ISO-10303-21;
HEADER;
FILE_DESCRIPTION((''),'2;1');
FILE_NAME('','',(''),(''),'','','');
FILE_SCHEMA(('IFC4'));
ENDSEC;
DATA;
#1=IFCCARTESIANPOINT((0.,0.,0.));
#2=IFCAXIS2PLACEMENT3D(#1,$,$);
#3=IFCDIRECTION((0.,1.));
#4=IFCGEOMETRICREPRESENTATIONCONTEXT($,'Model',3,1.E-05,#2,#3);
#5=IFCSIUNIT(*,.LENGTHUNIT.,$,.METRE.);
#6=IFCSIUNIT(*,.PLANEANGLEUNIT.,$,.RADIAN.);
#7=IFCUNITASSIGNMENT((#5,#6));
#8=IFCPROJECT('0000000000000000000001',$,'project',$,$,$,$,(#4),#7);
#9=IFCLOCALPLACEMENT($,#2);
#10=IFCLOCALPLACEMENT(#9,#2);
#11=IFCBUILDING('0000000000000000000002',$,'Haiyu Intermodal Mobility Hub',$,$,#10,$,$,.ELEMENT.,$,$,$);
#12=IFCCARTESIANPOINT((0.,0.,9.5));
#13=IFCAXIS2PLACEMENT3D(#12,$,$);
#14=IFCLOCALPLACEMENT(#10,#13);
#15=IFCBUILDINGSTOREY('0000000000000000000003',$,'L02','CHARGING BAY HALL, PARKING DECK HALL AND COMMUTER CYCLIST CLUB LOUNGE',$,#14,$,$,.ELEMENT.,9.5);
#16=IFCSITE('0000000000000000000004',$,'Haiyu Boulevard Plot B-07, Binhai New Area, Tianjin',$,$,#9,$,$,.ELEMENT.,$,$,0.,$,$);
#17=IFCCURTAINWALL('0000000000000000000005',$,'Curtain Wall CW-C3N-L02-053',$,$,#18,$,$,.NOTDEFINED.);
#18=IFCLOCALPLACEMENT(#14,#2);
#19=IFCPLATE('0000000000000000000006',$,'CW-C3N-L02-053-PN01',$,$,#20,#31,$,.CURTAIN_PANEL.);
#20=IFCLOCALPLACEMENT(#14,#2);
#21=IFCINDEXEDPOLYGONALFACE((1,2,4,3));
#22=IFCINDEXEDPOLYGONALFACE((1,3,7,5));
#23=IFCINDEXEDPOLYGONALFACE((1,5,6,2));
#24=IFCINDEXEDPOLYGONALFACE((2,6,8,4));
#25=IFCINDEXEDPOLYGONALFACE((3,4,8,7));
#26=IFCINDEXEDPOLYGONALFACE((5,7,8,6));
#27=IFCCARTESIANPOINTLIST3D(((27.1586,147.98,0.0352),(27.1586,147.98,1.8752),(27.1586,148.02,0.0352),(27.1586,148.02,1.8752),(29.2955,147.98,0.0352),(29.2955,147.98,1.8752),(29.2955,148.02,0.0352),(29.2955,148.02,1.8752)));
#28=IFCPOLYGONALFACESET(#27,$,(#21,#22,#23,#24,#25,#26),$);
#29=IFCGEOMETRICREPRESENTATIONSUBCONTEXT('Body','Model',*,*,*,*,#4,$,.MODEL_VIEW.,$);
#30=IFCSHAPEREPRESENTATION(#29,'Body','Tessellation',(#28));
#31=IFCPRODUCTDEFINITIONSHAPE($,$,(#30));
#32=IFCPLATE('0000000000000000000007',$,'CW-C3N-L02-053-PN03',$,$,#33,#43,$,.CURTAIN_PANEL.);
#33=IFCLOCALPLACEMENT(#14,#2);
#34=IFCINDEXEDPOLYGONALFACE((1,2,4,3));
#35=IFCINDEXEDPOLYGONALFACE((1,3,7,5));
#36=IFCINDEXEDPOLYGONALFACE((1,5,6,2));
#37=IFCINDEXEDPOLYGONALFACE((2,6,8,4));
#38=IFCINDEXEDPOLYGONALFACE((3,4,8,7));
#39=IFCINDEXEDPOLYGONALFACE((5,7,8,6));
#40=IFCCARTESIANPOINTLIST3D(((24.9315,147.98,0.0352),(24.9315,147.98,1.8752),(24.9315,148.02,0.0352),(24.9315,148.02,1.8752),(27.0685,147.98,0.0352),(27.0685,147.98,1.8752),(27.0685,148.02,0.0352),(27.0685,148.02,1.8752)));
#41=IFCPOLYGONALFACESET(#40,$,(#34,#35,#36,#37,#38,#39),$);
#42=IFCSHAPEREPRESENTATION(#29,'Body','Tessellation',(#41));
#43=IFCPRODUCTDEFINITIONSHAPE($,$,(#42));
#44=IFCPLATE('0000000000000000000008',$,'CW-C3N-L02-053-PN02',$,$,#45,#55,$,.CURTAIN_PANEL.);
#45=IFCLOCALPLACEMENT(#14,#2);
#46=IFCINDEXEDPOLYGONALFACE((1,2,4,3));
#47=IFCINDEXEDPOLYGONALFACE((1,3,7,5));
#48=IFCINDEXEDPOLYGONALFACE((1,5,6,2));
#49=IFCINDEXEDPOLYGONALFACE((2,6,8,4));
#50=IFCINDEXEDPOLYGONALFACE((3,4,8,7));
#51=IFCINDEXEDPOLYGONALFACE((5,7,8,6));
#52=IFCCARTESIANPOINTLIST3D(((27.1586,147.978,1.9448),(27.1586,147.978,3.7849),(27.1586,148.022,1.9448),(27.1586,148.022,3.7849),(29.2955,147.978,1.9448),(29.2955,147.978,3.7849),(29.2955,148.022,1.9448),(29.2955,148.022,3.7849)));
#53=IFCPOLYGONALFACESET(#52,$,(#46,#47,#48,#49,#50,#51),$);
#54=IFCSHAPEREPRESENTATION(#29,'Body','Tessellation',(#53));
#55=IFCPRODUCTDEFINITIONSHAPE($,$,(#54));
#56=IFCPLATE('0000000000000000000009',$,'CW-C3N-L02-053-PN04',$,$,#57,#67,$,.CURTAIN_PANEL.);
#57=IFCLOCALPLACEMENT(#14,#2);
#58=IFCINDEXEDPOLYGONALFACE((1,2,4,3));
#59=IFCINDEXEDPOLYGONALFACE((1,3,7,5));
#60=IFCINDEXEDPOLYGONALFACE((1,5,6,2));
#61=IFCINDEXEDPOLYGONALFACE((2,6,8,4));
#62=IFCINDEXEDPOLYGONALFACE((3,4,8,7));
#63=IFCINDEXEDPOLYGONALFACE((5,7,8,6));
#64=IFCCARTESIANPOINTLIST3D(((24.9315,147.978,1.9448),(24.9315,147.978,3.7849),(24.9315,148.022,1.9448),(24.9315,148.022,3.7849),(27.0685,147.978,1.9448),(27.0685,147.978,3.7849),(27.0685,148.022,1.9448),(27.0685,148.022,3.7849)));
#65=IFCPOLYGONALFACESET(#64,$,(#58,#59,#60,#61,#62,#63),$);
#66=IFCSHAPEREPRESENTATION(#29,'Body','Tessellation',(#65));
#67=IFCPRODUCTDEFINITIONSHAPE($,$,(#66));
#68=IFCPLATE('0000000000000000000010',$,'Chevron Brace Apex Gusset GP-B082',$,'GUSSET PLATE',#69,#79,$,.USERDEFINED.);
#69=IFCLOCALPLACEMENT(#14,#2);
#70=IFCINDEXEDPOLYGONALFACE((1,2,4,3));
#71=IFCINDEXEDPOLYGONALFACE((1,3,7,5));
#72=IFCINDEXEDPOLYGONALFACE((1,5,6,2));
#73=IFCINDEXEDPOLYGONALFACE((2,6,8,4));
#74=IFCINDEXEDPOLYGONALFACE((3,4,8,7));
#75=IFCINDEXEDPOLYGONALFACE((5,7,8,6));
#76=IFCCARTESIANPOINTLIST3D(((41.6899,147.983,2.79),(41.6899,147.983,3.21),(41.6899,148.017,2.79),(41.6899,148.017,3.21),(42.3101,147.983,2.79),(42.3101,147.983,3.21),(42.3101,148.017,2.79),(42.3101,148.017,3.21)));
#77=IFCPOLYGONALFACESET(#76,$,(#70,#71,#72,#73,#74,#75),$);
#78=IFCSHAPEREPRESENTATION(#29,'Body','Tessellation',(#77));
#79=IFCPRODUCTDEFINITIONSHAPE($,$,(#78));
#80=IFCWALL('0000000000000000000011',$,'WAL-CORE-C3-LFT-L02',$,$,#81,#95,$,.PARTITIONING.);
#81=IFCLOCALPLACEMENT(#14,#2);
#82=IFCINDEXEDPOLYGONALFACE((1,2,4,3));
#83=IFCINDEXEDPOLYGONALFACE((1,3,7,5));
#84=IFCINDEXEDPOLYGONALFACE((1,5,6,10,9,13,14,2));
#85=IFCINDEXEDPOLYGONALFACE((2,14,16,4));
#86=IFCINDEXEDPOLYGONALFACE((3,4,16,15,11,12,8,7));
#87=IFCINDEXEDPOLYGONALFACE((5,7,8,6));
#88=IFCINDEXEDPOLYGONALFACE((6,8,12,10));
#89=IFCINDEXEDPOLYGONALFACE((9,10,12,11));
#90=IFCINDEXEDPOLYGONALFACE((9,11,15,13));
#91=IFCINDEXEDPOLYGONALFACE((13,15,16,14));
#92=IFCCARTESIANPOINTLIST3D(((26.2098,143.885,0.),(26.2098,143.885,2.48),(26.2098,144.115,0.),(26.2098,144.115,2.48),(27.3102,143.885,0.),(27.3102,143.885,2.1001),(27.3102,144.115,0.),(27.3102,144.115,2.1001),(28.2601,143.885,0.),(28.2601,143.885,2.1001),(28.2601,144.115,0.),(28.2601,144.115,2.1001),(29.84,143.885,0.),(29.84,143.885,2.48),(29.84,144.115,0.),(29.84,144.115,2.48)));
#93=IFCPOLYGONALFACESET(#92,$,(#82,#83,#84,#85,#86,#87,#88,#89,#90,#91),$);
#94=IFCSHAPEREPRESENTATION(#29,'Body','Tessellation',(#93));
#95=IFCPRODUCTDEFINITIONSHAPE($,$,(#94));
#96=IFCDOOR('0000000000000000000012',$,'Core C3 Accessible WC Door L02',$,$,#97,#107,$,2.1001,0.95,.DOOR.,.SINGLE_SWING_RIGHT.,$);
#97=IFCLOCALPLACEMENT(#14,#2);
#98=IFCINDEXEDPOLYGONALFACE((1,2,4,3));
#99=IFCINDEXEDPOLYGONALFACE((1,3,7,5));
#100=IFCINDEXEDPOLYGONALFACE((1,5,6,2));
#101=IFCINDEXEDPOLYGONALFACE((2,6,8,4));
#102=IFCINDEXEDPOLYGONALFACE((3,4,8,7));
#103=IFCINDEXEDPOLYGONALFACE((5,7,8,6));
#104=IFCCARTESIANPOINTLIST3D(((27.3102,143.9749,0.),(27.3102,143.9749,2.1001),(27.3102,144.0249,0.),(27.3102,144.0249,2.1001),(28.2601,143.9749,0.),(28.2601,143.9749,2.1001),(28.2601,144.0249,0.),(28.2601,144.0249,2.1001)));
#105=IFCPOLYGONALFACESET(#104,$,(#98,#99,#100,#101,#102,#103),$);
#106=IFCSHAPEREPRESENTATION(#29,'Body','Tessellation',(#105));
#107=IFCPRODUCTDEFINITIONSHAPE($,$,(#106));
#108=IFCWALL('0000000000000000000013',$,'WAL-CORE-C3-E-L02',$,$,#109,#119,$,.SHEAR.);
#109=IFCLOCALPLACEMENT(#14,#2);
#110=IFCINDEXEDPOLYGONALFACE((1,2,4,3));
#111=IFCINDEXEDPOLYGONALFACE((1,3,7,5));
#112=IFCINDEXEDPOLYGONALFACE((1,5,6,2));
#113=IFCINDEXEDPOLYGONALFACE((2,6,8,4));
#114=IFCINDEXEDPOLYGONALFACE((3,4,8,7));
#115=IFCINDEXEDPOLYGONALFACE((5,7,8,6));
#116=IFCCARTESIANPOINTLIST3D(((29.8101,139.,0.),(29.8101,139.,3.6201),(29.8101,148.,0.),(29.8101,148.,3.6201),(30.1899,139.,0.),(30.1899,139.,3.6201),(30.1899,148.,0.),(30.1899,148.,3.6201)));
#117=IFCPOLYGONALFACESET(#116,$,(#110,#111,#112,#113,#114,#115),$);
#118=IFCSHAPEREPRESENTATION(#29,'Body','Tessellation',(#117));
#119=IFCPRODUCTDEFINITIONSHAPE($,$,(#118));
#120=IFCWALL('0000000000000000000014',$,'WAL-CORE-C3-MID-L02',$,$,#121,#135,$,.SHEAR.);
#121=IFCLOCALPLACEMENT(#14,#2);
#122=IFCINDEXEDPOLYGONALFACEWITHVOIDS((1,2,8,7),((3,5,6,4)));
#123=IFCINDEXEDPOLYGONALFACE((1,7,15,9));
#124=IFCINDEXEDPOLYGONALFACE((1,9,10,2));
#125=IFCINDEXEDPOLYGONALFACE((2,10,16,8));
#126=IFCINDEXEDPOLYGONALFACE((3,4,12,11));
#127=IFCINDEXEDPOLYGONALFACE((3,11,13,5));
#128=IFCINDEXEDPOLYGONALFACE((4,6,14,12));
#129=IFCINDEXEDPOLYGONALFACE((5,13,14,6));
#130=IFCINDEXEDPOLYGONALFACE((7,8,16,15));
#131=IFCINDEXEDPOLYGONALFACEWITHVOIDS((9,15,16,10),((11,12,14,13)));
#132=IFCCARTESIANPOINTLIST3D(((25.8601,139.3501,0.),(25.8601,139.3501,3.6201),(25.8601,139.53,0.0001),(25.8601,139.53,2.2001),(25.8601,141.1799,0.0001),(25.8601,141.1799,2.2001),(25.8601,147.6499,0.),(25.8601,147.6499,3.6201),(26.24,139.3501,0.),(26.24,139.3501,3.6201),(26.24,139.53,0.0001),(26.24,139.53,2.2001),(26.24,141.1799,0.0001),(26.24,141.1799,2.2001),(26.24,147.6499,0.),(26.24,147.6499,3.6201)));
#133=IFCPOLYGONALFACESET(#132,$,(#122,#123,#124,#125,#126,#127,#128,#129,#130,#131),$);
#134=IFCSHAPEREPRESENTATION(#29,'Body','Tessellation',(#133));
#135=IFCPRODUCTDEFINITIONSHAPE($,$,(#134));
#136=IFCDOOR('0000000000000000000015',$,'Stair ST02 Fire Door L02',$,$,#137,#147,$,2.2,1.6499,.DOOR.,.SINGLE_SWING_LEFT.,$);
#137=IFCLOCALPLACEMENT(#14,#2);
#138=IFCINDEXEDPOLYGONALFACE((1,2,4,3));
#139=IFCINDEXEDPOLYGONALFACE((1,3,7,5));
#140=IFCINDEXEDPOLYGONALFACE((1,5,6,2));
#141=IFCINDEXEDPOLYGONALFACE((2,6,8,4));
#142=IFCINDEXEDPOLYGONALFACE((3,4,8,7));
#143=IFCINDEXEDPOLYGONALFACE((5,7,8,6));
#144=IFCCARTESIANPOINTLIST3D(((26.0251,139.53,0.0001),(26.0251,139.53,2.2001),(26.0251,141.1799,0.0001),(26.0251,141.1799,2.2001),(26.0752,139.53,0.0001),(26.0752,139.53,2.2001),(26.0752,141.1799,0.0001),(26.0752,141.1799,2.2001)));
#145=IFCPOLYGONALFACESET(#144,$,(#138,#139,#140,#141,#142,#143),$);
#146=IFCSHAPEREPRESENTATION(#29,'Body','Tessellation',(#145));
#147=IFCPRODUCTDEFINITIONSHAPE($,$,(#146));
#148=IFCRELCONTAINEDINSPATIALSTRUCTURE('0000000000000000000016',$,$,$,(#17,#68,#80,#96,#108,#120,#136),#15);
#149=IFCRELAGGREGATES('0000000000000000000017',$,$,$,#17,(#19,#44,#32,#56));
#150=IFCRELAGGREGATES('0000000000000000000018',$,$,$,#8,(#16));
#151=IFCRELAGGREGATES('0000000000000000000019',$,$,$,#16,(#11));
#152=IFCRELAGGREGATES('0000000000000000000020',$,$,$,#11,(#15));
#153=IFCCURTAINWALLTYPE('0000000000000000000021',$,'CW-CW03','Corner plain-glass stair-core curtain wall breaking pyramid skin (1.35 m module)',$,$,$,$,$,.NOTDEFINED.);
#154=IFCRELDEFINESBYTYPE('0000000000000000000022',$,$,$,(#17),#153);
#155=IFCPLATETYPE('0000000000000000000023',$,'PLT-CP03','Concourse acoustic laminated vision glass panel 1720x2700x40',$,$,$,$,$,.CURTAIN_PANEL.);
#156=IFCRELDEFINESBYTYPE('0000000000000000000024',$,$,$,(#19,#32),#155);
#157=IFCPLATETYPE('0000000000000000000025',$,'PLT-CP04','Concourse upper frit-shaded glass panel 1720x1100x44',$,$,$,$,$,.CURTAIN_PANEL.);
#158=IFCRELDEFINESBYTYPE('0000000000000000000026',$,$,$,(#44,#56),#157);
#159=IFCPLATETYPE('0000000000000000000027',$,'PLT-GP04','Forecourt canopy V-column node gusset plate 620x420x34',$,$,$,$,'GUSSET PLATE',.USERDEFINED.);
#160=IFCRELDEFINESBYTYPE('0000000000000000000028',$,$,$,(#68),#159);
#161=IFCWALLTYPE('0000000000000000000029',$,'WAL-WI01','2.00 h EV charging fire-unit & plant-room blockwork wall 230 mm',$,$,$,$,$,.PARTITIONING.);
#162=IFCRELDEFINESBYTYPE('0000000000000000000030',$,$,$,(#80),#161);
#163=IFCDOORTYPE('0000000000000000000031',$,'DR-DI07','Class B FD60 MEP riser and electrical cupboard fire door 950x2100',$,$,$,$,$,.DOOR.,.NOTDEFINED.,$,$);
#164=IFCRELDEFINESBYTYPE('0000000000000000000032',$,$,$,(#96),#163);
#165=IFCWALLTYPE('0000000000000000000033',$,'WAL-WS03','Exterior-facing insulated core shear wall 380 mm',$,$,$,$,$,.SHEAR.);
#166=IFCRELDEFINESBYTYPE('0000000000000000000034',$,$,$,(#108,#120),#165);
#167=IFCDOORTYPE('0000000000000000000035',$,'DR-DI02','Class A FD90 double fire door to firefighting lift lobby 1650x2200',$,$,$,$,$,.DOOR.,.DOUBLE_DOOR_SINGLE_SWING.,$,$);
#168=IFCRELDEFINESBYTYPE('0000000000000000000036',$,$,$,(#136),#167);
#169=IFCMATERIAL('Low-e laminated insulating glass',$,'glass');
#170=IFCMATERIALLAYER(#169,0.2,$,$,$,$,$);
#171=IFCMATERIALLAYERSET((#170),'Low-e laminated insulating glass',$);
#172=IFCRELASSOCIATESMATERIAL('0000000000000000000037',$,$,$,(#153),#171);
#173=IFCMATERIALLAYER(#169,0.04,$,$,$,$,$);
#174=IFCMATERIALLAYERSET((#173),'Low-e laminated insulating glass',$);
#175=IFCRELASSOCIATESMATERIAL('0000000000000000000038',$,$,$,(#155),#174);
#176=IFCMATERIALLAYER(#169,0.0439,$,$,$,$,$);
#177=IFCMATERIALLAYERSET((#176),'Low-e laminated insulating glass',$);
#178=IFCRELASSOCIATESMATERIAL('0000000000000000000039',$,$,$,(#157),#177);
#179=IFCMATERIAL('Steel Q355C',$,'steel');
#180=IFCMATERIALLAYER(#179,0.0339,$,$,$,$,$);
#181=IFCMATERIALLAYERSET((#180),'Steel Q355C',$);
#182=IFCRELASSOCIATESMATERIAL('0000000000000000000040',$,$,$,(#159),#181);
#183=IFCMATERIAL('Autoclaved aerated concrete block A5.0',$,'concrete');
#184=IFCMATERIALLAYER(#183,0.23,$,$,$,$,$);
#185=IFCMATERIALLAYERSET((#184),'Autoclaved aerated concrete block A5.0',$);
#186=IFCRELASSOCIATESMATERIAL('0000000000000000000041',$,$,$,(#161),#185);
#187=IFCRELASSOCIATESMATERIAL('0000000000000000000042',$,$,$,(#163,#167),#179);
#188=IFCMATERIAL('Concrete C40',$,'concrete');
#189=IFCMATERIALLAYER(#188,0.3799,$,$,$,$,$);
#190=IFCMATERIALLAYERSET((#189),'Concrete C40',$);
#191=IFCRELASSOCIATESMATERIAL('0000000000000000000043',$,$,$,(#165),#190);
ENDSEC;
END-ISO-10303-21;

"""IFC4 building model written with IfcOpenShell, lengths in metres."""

from ifc_helpers import new_model, si_unit, direction, frame, frame_2d, origin, origin_2d, place, context, subcontext, project, spatial, rectangle, extrude, material, layer, layer_set, type_object, element, fill, aggregate, save


model = new_model("IFC4")

# Units and contexts
model_context = context("Model", 3, precision=1e-05, world=origin(), true_north=direction((0.0, 1.0)))
body_context = subcontext(model_context, "Body", "Model", "MODEL_VIEW")
ifc_project = project(units=[si_unit("LENGTHUNIT", "METRE"), si_unit("PLANEANGLEUNIT", "RADIAN")], contexts=[model_context])

# Site, building, storey
site_placement = place(None, origin())
site = spatial("IfcSite", under=ifc_project, at=site_placement, Name="Haiyu Boulevard Plot B-07, Binhai New Area, Tianjin", CompositionType="ELEMENT", RefElevation=0.0)
building_placement = place(site_placement, origin())
building = spatial("IfcBuilding", under=site, at=building_placement, Name="Haiyu Intermodal Mobility Hub", CompositionType="ELEMENT")
storey_placement = place(building_placement, frame((0.0, 0.0, 9.5)))
storey = spatial("IfcBuildingStorey", under=building, at=storey_placement, Name="L02", Description="CHARGING BAY HALL, PARKING DECK HALL AND COMMUTER CYCLIST CLUB LOUNGE", CompositionType="ELEMENT", Elevation=9.5)

# Shared definitions
ifc_material_1 = material(Name="Steel Q355C", Category="steel")

# Curtain wall
ifc_material_2 = material(Name="Low-e laminated insulating glass", Category="glass")
ifc_layer_1 = layer(ifc_material_2, 0.2)
ifc_layer_set_1 = layer_set([ifc_layer_1], Name="Low-e laminated insulating glass")
curtain_wall_type = type_object("IfcCurtainWallType", Name="CW-CW03", Description="Corner plain-glass stair-core curtain wall breaking pyramid skin (1.35 m module)", PredefinedType="NOTDEFINED", material=ifc_layer_set_1)
curtain_wall_placement = place(storey_placement, origin())
curtain_wall = element("IfcCurtainWall", 1, at=curtain_wall_placement, inside=storey, type_object=curtain_wall_type, Name="Curtain Wall CW-C3N-L02-053", PredefinedType="NOTDEFINED")

# Plates
ifc_layer_2 = layer(ifc_material_2, 0.04)
ifc_layer_set_2 = layer_set([ifc_layer_2], Name="Low-e laminated insulating glass")
plate_type_1 = type_object("IfcPlateType", Name="PLT-CP03", Description="Concourse acoustic laminated vision glass panel 1720x2700x40", PredefinedType="CURTAIN_PANEL", material=ifc_layer_set_2)
plate_1_placement = place(storey_placement, frame((28.2271, 148.0, 0.0352), z_axis=(0.0, 0.0, 1.0), x_axis=(-1.0, 0.0, 0.0)))
plate_1 = element("IfcPlate", 2, at=plate_1_placement, type_object=plate_type_1, Name="CW-C3N-L02-053-PN01", PredefinedType="CURTAIN_PANEL", context=body_context, shape_type="SweptSolid", body=[
    extrude(rectangle(XDim=2.137, YDim=0.04, at=origin_2d()), origin(), (0.0, 0.0, 1.0), 1.8401),
])
plate_2_placement = place(storey_placement, frame((26.0, 148.0, 0.0352), z_axis=(0.0, 0.0, 1.0), x_axis=(-1.0, 0.0, 0.0)))
plate_2 = element("IfcPlate", 3, at=plate_2_placement, type_object=plate_type_1, Name="CW-C3N-L02-053-PN03", PredefinedType="CURTAIN_PANEL", context=body_context, shape_type="SweptSolid", body=[
    extrude(rectangle(XDim=2.137, YDim=0.04, at=origin_2d()), origin(), (0.0, 0.0, 1.0), 1.8401),
])
ifc_layer_3 = layer(ifc_material_2, 0.0439)
ifc_layer_set_3 = layer_set([ifc_layer_3], Name="Low-e laminated insulating glass")
plate_type_2 = type_object("IfcPlateType", Name="PLT-CP04", Description="Concourse upper frit-shaded glass panel 1720x1100x44", PredefinedType="CURTAIN_PANEL", material=ifc_layer_set_3)
plate_3_placement = place(storey_placement, frame((28.2271, 148.0, 1.9448), z_axis=(0.0, 0.0, 1.0), x_axis=(-1.0, 0.0, 0.0)))
plate_3 = element("IfcPlate", 4, at=plate_3_placement, type_object=plate_type_2, Name="CW-C3N-L02-053-PN02", PredefinedType="CURTAIN_PANEL", context=body_context, shape_type="SweptSolid", body=[
    extrude(rectangle(XDim=2.137, YDim=0.0439, at=origin_2d()), origin(), (0.0, 0.0, 1.0), 1.8401),
])
plate_4_placement = place(storey_placement, frame((26.0, 148.0, 1.9448), z_axis=(0.0, 0.0, 1.0), x_axis=(-1.0, 0.0, 0.0)))
plate_4 = element("IfcPlate", 5, at=plate_4_placement, type_object=plate_type_2, Name="CW-C3N-L02-053-PN04", PredefinedType="CURTAIN_PANEL", context=body_context, shape_type="SweptSolid", body=[
    extrude(rectangle(XDim=2.137, YDim=0.0439, at=origin_2d()), origin(), (0.0, 0.0, 1.0), 1.8401),
])
aggregate(curtain_wall, [plate_1, plate_3, plate_2, plate_4])
ifc_layer_4 = layer(ifc_material_1, 0.0339)
ifc_layer_set_4 = layer_set([ifc_layer_4], Name="Steel Q355C")
plate_type_3 = type_object("IfcPlateType", Name="PLT-GP04", Description="Forecourt canopy V-column node gusset plate 620x420x34", ElementType="GUSSET PLATE", PredefinedType="USERDEFINED", material=ifc_layer_set_4)
plate_5_placement = place(storey_placement, frame((42.0, 148.0, 2.79), z_axis=(0.0, 0.0, 1.0), x_axis=(1.0, 0.0, 0.0)))
element("IfcPlate", 6, at=plate_5_placement, inside=storey, type_object=plate_type_3, Name="Chevron Brace Apex Gusset GP-B082", ObjectType="GUSSET PLATE", PredefinedType="USERDEFINED", context=body_context, shape_type="SweptSolid", body=[
    extrude(rectangle(XDim=0.6201, YDim=0.0339, at=origin_2d()), origin(), (0.0, 0.0, 1.0), 0.4199),
])

# Wall, opening, door
ifc_material_3 = material(Name="Autoclaved aerated concrete block A5.0", Category="concrete")
ifc_layer_5 = layer(ifc_material_3, 0.23)
ifc_layer_set_5 = layer_set([ifc_layer_5], Name="Autoclaved aerated concrete block A5.0")
wall_type_1 = type_object("IfcWallType", Name="WAL-WI01", Description="2.00 h EV charging fire-unit & plant-room blockwork wall 230 mm", PredefinedType="PARTITIONING", material=ifc_layer_set_5)
wall_1_placement = place(storey_placement, frame((26.21, 144.0, 0.0), z_axis=(0.0, 0.0, 1.0), x_axis=(1.0, 0.0, 0.0)))
wall_1 = element("IfcWall", 7, at=wall_1_placement, inside=storey, type_object=wall_type_1, Name="WAL-CORE-C3-LFT-L02", PredefinedType="PARTITIONING", context=body_context, shape_type="SweptSolid", body=[
    extrude(rectangle(XDim=3.6301, YDim=0.23, at=frame_2d((1.8149, 0.0))), origin(), (0.0, 0.0, 1.0), 2.48),
])
opening_1_placement = place(wall_1_placement, frame((1.1001, 0.0, 0.0)))
opening_1 = element("IfcOpeningElement", 8, at=opening_1_placement, cuts=wall_1, PredefinedType="OPENING", context=body_context, shape_type="SweptSolid", body=[
    extrude(rectangle(XDim=0.95, YDim=2.1001, at=frame_2d((0.4751, 1.05))), frame((0.0, 0.125, 0.0), z_axis=(0.0, -1.0, 0.0), x_axis=(1.0, 0.0, 0.0)), (0.0, 0.0, 1.0), 0.25),
])
door_type_1 = type_object("IfcDoorType", Name="DR-DI07", Description="Class B FD60 MEP riser and electrical cupboard fire door 950x2100", OperationType="NOTDEFINED", PredefinedType="DOOR", material=ifc_material_1)
door_1_placement = place(opening_1_placement, origin())
door_1 = element("IfcDoor", 9, at=door_1_placement, inside=storey, type_object=door_type_1, Name="Core C3 Accessible WC Door L02", OperationType="SINGLE_SWING_RIGHT", OverallHeight=2.1001, OverallWidth=0.95, PredefinedType="DOOR", context=body_context, shape_type="SweptSolid", body=[
    extrude(rectangle(XDim=0.95, YDim=2.1001, at=frame_2d((0.4751, 1.05))), frame((0.0, 0.0249, 0.0), z_axis=(0.0, -1.0, 0.0), x_axis=(1.0, 0.0, 0.0)), (0.0, 0.0, 1.0), 0.05),
])
fill(opening_1, door_1)

# Wall
ifc_material_4 = material(Name="Concrete C40", Category="concrete")
ifc_layer_6 = layer(ifc_material_4, 0.3799)
ifc_layer_set_6 = layer_set([ifc_layer_6], Name="Concrete C40")
wall_type_2 = type_object("IfcWallType", Name="WAL-WS03", Description="Exterior-facing insulated core shear wall 380 mm", PredefinedType="SHEAR", material=ifc_layer_set_6)
wall_2_placement = place(storey_placement, frame((30.0, 139.0, 0.0), z_axis=(0.0, 0.0, 1.0), x_axis=(0.0, 1.0, 0.0)))
element("IfcWall", 10, at=wall_2_placement, inside=storey, type_object=wall_type_2, Name="WAL-CORE-C3-E-L02", PredefinedType="SHEAR", context=body_context, shape_type="SweptSolid", body=[
    extrude(rectangle(XDim=9.0, YDim=0.3799, at=frame_2d((4.5, 0.0))), origin(), (0.0, 0.0, 1.0), 3.6201),
])

# Wall, opening, door
wall_3_placement = place(storey_placement, frame((26.05, 139.3501, 0.0), z_axis=(0.0, 0.0, 1.0), x_axis=(0.0, 1.0, 0.0)))
wall_3 = element("IfcWall", 11, at=wall_3_placement, inside=storey, type_object=wall_type_2, Name="WAL-CORE-C3-MID-L02", PredefinedType="SHEAR", context=body_context, shape_type="SweptSolid", body=[
    extrude(rectangle(XDim=8.2998, YDim=0.3799, at=frame_2d((4.1499, 0.0))), origin(), (0.0, 0.0, 1.0), 3.6201),
])
opening_2_placement = place(wall_3_placement, frame((0.1799, 0.0, 0.0)))
opening_2 = element("IfcOpeningElement", 12, at=opening_2_placement, cuts=wall_3, PredefinedType="OPENING", context=body_context, shape_type="SweptSolid", body=[
    extrude(rectangle(XDim=1.6499, YDim=2.2, at=frame_2d((0.825, 1.1001))), frame((0.0, 0.2, 0.0), z_axis=(0.0, -1.0, 0.0), x_axis=(1.0, 0.0, 0.0)), (0.0, 0.0, 1.0), 0.3999),
])
door_type_2 = type_object("IfcDoorType", Name="DR-DI02", Description="Class A FD90 double fire door to firefighting lift lobby 1650x2200", OperationType="DOUBLE_DOOR_SINGLE_SWING", PredefinedType="DOOR", material=ifc_material_1)
door_2_placement = place(opening_2_placement, origin())
door_2 = element("IfcDoor", 13, at=door_2_placement, inside=storey, type_object=door_type_2, Name="Stair ST02 Fire Door L02", OperationType="SINGLE_SWING_LEFT", OverallHeight=2.2, OverallWidth=1.6499, PredefinedType="DOOR", context=body_context, shape_type="SweptSolid", body=[
    extrude(rectangle(XDim=1.6499, YDim=2.2, at=frame_2d((0.825, 1.1001))), frame((0.0, 0.0249, 0.0), z_axis=(0.0, -1.0, 0.0), x_axis=(1.0, 0.0, 0.0)), (0.0, 0.0, 1.0), 0.05),
])
fill(opening_2, door_2)

save(model, "model.ifc")
